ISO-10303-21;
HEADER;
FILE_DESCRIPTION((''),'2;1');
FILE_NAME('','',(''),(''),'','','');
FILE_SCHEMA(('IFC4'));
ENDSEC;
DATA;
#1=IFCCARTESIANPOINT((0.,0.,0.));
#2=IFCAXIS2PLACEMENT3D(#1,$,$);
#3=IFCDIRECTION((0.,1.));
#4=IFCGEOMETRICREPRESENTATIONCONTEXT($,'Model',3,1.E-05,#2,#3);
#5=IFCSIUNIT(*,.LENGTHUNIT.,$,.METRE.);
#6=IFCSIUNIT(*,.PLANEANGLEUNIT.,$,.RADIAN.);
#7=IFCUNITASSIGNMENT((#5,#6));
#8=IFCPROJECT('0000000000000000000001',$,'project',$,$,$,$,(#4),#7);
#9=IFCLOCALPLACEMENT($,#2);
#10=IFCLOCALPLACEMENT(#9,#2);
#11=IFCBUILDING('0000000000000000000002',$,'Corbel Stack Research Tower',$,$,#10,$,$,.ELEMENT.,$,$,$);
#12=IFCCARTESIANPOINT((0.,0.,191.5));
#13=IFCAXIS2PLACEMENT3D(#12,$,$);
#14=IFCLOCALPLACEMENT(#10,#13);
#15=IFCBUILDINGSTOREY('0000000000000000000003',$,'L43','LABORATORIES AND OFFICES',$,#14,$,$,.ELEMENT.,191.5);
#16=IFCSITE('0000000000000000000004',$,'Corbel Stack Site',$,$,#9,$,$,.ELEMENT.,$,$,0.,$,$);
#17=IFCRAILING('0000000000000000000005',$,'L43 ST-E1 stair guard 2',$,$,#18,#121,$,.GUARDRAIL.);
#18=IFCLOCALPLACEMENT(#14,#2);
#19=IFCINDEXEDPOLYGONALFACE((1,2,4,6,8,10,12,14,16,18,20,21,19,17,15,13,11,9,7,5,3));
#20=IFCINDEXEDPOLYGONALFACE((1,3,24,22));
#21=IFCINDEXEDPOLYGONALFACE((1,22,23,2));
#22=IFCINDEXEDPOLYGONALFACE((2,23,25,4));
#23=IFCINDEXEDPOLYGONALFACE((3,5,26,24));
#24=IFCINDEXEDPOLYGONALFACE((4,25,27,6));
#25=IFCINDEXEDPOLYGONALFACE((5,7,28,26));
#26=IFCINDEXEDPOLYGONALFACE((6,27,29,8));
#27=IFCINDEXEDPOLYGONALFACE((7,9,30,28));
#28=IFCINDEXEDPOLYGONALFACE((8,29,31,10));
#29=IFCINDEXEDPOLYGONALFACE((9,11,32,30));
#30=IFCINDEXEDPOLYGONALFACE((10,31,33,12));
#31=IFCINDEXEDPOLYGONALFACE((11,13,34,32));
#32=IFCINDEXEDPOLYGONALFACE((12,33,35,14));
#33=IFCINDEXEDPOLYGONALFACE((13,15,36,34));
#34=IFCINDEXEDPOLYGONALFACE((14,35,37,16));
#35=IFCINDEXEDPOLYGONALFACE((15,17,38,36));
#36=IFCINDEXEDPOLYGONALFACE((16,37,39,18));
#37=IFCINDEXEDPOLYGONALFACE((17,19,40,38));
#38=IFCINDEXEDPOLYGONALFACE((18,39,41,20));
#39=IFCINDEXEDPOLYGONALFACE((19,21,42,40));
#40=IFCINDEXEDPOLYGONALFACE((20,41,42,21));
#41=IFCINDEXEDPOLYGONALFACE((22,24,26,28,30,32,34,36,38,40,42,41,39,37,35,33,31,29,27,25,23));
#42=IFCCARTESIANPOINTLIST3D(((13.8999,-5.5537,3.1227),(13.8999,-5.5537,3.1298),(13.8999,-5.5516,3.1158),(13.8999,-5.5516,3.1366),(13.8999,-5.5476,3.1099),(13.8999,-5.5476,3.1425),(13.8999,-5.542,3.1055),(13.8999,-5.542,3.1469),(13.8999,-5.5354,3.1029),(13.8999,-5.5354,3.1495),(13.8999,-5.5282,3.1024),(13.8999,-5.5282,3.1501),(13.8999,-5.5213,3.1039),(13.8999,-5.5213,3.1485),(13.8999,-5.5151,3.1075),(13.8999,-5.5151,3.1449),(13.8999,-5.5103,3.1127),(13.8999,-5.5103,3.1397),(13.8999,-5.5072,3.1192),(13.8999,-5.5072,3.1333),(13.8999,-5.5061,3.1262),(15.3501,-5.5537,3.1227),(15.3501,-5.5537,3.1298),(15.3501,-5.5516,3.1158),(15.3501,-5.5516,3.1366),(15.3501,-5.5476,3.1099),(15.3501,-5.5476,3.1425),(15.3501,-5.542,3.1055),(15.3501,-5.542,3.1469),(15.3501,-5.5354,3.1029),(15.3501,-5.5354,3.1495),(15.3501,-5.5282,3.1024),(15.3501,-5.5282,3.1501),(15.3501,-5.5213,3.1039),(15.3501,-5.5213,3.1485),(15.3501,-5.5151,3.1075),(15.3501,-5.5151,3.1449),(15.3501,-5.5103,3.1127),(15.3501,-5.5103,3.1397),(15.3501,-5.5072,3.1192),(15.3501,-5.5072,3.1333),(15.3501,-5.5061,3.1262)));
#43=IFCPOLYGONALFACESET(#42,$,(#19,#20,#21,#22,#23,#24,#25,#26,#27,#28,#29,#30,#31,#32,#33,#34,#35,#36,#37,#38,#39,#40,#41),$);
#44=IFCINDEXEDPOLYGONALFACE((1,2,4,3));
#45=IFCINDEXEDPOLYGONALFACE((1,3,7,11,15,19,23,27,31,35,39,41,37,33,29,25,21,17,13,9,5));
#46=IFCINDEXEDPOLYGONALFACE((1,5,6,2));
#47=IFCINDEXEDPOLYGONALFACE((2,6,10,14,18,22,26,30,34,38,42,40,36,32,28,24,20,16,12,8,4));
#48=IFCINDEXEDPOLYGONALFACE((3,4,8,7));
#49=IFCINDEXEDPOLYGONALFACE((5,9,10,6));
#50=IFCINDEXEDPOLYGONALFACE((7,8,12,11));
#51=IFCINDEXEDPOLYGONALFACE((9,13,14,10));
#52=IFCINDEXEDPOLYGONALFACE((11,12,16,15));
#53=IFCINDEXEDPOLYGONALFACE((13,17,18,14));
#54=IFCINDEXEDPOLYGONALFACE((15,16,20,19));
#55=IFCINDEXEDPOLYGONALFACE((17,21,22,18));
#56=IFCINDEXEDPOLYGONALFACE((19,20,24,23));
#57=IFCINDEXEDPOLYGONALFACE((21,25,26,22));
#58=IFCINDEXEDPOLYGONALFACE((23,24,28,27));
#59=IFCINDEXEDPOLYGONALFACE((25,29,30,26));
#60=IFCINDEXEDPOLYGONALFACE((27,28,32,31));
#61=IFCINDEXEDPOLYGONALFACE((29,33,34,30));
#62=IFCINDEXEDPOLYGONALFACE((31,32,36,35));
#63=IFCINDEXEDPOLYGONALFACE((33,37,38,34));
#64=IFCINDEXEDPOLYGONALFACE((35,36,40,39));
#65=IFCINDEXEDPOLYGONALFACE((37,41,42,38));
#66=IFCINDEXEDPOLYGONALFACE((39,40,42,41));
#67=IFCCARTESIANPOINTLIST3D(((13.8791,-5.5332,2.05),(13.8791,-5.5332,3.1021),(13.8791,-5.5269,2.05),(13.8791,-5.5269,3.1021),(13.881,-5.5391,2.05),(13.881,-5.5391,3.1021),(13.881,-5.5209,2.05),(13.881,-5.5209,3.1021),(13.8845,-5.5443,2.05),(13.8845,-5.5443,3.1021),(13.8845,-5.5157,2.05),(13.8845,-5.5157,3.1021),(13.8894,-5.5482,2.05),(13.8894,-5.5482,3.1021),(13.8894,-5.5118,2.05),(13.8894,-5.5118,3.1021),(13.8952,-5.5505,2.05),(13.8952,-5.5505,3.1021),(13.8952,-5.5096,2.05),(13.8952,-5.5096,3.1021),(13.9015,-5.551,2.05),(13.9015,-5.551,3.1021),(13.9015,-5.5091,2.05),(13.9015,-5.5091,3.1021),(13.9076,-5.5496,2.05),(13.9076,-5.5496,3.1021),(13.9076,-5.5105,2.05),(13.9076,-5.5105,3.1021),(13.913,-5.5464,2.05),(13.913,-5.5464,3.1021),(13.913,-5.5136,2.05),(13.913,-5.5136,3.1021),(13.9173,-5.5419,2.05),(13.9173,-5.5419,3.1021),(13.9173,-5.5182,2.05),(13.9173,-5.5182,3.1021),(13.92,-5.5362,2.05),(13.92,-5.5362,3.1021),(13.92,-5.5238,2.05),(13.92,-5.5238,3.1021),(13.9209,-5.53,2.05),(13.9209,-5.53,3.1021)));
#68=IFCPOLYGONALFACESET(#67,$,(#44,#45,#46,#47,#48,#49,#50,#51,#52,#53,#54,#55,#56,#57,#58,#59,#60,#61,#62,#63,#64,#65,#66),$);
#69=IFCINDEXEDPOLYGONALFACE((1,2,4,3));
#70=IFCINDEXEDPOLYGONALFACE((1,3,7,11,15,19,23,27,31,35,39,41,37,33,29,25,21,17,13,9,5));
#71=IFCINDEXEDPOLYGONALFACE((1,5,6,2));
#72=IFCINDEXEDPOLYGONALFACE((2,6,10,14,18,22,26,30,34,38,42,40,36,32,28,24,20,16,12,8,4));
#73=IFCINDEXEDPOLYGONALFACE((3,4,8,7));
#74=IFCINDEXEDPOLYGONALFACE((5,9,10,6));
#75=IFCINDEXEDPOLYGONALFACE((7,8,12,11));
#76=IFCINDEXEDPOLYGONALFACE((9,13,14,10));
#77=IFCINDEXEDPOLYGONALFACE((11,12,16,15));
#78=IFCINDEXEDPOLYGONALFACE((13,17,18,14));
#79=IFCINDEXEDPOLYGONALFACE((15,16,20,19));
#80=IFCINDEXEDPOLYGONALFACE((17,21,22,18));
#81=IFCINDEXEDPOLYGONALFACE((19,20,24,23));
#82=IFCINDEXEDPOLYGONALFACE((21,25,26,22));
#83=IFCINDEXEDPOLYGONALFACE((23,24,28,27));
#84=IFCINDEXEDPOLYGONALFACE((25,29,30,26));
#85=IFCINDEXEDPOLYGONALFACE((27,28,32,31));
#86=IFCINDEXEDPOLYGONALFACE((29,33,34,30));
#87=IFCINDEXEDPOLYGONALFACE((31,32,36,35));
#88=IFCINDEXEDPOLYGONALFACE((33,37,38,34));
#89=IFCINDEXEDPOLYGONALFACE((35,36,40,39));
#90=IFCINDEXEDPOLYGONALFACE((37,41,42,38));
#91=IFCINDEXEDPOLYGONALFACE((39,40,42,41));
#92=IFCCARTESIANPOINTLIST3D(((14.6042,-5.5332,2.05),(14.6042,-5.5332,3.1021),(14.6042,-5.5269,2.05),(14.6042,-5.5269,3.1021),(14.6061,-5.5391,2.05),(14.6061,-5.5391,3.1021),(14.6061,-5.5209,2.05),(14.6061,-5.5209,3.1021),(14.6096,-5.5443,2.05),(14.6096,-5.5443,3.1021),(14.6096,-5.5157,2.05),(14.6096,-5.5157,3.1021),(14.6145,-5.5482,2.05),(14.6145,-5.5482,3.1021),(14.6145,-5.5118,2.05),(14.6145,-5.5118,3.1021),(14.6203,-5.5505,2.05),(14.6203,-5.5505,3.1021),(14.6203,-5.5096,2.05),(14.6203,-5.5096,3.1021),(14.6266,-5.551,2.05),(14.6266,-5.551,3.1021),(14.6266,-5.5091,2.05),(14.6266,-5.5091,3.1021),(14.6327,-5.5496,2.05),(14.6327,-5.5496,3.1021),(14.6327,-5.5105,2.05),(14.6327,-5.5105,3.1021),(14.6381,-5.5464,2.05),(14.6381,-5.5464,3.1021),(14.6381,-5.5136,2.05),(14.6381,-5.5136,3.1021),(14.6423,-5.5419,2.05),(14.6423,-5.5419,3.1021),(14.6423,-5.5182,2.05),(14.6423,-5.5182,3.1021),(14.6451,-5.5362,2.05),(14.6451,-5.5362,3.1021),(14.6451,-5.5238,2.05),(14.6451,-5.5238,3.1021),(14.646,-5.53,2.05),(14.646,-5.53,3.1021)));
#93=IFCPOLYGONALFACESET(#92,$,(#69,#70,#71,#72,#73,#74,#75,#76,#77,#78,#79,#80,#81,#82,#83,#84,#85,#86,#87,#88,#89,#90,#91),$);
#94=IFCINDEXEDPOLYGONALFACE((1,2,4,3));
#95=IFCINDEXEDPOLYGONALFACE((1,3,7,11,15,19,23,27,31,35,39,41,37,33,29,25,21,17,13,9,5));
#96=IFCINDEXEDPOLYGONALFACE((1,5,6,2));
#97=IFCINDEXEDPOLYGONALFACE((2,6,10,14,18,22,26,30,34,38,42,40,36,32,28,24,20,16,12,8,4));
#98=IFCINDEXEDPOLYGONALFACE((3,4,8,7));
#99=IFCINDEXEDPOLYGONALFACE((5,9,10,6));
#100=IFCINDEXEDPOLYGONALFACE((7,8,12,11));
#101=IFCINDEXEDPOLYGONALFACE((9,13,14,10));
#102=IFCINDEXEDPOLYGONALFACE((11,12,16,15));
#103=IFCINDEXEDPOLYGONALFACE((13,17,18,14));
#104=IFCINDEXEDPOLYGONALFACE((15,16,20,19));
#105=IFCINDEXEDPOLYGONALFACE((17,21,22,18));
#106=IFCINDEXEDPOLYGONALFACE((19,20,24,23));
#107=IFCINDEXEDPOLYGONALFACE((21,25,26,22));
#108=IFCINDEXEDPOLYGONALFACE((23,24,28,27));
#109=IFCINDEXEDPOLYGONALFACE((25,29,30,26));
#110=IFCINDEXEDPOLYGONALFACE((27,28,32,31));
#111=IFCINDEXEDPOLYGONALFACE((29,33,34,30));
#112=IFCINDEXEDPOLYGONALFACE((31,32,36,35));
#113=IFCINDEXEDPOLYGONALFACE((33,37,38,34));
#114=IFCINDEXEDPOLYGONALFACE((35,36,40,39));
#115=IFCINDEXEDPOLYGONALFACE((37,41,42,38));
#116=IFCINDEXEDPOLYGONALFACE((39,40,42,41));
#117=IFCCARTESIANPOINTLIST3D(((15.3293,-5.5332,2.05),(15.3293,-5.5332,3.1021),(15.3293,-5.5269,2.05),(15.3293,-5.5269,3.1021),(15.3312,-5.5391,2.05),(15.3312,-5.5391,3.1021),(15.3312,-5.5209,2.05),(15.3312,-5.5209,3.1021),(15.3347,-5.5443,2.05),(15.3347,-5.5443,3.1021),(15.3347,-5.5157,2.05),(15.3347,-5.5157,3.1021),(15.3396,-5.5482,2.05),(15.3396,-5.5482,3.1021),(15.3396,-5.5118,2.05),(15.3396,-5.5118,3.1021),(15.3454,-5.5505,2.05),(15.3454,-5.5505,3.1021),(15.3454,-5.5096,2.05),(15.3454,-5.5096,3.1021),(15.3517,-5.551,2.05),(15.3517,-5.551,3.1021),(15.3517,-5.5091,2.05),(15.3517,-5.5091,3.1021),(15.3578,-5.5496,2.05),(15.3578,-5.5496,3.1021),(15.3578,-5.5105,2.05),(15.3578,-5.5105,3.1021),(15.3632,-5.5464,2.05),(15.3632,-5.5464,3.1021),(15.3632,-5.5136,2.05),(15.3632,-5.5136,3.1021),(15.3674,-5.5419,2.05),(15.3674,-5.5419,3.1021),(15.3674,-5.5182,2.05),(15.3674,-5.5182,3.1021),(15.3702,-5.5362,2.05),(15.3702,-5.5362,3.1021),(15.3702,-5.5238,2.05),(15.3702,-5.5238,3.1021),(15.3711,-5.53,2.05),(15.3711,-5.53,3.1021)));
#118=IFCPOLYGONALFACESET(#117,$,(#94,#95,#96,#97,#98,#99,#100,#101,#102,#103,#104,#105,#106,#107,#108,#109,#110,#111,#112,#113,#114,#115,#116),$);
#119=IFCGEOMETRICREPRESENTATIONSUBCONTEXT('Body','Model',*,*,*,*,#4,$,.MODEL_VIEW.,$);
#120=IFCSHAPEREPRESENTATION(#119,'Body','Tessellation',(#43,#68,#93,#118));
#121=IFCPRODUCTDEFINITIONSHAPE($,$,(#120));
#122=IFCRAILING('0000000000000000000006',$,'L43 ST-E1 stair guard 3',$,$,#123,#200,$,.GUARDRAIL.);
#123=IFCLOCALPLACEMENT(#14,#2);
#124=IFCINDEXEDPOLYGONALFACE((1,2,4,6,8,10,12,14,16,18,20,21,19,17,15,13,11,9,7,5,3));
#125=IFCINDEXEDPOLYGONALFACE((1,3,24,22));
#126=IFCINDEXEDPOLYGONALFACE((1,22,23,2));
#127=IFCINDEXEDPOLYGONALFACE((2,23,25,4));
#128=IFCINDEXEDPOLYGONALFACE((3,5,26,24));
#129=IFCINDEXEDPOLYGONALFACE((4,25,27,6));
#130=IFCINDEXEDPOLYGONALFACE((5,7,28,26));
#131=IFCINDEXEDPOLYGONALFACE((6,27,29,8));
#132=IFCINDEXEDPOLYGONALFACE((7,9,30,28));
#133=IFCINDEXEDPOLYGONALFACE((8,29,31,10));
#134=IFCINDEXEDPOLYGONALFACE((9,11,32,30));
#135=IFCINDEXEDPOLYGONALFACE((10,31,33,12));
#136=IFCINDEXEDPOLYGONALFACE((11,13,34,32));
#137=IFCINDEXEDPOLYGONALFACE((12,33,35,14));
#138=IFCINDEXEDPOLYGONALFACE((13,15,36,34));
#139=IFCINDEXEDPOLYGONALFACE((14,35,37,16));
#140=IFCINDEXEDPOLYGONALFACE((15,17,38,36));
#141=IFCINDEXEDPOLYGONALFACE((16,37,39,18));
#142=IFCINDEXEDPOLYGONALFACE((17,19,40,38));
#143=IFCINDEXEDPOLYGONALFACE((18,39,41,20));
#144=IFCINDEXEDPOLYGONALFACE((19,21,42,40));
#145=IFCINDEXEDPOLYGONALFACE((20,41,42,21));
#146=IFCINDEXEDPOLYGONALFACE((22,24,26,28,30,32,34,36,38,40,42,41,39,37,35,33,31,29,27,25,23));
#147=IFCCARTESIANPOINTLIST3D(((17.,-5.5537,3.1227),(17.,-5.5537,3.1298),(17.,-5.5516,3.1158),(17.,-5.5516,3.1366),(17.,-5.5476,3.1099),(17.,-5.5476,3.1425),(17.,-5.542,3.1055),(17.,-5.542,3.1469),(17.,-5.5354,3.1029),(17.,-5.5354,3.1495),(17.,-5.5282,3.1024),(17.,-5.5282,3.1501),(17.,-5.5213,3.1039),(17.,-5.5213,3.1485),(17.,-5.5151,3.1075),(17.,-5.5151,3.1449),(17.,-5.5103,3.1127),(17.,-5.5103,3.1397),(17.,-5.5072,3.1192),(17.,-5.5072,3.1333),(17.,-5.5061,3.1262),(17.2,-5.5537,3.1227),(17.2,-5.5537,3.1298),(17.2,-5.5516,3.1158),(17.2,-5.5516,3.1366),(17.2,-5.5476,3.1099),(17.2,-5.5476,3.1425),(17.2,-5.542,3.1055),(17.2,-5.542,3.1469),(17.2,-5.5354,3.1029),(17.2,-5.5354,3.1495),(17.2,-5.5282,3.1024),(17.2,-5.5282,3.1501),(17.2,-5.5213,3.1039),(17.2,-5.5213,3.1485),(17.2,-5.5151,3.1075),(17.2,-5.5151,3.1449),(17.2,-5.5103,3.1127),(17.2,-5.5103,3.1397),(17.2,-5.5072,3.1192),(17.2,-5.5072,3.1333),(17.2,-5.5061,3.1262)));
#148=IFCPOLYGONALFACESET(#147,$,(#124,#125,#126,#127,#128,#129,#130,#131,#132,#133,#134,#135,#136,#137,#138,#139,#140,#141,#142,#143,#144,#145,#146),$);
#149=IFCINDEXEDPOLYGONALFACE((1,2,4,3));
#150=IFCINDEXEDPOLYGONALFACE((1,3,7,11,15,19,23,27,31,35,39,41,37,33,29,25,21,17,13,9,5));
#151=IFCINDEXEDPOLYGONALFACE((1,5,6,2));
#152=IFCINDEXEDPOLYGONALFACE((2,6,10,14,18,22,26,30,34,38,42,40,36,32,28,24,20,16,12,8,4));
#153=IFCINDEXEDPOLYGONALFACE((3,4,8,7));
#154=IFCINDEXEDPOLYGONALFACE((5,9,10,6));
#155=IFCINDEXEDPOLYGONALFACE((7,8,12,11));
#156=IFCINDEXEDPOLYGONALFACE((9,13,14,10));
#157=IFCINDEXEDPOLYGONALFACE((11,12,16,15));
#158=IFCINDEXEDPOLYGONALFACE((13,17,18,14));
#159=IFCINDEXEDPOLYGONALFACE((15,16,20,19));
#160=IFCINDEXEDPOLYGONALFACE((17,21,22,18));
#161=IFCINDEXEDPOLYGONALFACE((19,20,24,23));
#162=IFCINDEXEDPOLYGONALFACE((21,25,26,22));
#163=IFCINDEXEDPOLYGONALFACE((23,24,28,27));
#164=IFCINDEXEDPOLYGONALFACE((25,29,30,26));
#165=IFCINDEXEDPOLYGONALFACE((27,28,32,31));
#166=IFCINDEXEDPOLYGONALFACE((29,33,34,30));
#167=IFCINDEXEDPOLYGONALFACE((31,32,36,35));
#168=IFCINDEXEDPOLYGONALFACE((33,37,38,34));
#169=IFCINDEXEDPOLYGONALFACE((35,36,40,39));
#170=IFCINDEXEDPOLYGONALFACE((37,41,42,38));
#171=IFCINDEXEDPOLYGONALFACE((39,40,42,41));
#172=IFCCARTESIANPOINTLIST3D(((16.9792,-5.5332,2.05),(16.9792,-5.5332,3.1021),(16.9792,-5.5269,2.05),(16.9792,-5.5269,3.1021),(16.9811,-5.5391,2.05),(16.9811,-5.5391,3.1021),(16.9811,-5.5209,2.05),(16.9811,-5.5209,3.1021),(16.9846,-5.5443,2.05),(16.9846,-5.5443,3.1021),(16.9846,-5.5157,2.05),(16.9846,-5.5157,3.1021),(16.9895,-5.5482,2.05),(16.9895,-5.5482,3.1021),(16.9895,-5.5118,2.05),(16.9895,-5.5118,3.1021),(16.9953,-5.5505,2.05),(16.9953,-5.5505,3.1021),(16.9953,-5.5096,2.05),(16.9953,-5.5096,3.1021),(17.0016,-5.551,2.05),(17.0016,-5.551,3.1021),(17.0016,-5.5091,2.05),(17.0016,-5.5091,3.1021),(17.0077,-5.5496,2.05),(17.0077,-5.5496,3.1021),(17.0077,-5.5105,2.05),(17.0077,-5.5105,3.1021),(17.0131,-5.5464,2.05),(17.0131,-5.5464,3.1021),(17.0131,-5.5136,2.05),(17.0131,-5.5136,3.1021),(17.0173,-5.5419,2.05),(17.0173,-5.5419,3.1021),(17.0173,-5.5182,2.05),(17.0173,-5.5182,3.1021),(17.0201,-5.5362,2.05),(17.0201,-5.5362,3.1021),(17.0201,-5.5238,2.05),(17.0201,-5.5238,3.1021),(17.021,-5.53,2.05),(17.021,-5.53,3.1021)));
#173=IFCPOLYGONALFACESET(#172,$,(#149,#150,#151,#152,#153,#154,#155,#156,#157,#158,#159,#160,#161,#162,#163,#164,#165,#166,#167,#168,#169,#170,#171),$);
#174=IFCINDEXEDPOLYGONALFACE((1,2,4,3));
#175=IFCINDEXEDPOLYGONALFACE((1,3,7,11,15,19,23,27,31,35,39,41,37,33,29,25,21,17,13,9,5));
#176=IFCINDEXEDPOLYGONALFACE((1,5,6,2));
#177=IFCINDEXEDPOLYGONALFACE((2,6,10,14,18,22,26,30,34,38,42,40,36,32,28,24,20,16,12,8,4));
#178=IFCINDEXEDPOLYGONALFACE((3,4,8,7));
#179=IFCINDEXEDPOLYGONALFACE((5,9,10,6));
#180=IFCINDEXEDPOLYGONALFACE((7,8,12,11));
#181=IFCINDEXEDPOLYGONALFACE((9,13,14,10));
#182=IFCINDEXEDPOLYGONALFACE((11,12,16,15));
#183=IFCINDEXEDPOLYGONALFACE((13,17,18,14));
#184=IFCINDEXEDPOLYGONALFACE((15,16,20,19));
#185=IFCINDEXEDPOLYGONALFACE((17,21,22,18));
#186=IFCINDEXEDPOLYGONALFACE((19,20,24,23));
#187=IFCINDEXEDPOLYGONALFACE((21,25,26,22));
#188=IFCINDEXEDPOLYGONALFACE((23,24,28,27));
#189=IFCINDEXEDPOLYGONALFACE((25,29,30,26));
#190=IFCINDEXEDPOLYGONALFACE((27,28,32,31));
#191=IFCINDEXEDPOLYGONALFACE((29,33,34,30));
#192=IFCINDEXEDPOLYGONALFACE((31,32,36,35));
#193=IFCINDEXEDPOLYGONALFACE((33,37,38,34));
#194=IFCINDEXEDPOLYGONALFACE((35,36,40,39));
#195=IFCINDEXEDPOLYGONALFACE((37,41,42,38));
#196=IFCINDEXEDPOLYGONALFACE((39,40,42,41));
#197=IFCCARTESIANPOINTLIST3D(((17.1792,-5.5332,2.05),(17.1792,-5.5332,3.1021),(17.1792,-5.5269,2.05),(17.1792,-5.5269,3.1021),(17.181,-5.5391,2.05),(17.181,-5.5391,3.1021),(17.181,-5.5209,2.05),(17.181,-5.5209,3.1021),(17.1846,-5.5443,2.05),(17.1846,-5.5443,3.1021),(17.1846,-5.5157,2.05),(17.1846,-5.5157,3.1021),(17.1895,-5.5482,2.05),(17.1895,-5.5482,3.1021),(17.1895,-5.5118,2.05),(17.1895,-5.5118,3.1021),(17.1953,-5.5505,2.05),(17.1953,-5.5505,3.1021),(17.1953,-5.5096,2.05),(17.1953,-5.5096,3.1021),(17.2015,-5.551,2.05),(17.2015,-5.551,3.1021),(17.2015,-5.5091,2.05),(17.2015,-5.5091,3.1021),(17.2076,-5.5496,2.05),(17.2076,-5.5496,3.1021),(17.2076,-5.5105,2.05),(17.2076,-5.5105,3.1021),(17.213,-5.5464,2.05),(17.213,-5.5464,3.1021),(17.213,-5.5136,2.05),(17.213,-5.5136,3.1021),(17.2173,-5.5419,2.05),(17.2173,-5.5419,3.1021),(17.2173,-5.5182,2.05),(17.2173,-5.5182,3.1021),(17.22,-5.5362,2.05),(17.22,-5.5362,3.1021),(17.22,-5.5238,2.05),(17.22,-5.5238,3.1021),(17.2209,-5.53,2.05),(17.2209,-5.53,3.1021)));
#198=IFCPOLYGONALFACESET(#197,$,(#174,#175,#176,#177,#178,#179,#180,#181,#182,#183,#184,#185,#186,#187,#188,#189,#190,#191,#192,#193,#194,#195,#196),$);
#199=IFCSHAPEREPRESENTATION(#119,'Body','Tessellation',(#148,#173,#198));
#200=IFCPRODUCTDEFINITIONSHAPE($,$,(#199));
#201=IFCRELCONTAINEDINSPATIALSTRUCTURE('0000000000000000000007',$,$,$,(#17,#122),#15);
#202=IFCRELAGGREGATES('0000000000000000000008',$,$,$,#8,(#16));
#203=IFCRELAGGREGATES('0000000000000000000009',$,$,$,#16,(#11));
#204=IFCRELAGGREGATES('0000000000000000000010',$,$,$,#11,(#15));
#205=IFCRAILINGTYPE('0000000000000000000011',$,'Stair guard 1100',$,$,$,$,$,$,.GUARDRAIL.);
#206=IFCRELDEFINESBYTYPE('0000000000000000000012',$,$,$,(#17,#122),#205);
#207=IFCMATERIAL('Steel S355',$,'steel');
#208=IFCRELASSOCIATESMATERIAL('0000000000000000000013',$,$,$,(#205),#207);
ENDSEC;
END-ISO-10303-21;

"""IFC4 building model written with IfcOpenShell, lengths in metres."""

from ifc_helpers import new_model, si_unit, direction, frame, origin, origin_2d, place, context, subcontext, project, spatial, circle, extrude, material, type_object, element, save


model = new_model("IFC4")

# Units and contexts
model_context = context("Model", 3, precision=1e-05, world=origin(), true_north=direction((0.0, 1.0)))
body_context = subcontext(model_context, "Body", "Model", "MODEL_VIEW")
ifc_project = project(units=[si_unit("LENGTHUNIT", "METRE"), si_unit("PLANEANGLEUNIT", "RADIAN")], contexts=[model_context])

# Site, building, storey
site_placement = place(None, origin())
site = spatial("IfcSite", under=ifc_project, at=site_placement, Name="Corbel Stack Site", CompositionType="ELEMENT", RefElevation=0.0)
building_placement = place(site_placement, origin())
building = spatial("IfcBuilding", under=site, at=building_placement, Name="Corbel Stack Research Tower", CompositionType="ELEMENT")
storey_placement = place(building_placement, frame((0.0, 0.0, 191.5)))
storey = spatial("IfcBuildingStorey", under=building, at=storey_placement, Name="L43", Description="LABORATORIES AND OFFICES", CompositionType="ELEMENT", Elevation=191.5)

# Railings
ifc_material_1 = material(Name="Steel S355", Category="steel")
railing_type_1 = type_object("IfcRailingType", Name="Stair guard 1100", PredefinedType="GUARDRAIL", material=ifc_material_1)
railing_1_placement = place(storey_placement, frame((13.8999, -5.53, 2.05)))
element("IfcRailing", 1, at=railing_1_placement, inside=storey, type_object=railing_type_1, Name="L43 ST-E1 stair guard 2", PredefinedType="GUARDRAIL", context=body_context, shape_type="SweptSolid", body=[
    extrude(circle(Radius=0.0239, at=origin_2d()), frame((0.0, 0.0, 1.0762), z_axis=(1.0, 0.0, 0.0), x_axis=(0.0, 1.0, 0.0)), (0.0, 0.0, 1.0), 1.4502),
    extrude(circle(Radius=0.021, at=origin_2d()), origin(), (0.0, 0.0, 1.0), 1.052),
    extrude(circle(Radius=0.021, at=origin_2d()), frame((0.7251, 0.0, 0.0)), (0.0, 0.0, 1.0), 1.052),
    extrude(circle(Radius=0.021, at=origin_2d()), frame((1.4502, 0.0, 0.0)), (0.0, 0.0, 1.0), 1.052),
])
railing_2_placement = place(storey_placement, frame((17.0, -5.53, 2.05)))
element("IfcRailing", 2, at=railing_2_placement, inside=storey, type_object=railing_type_1, Name="L43 ST-E1 stair guard 3", PredefinedType="GUARDRAIL", context=body_context, shape_type="SweptSolid", body=[
    extrude(circle(Radius=0.0239, at=origin_2d()), frame((0.0, 0.0, 1.0762), z_axis=(1.0, 0.0, 0.0), x_axis=(0.0, 1.0, 0.0)), (0.0, 0.0, 1.0), 0.2),
    extrude(circle(Radius=0.021, at=origin_2d()), origin(), (0.0, 0.0, 1.0), 1.052),
    extrude(circle(Radius=0.021, at=origin_2d()), frame((0.2, 0.0, 0.0)), (0.0, 0.0, 1.0), 1.052),
])

save(model, "model.ifc")
